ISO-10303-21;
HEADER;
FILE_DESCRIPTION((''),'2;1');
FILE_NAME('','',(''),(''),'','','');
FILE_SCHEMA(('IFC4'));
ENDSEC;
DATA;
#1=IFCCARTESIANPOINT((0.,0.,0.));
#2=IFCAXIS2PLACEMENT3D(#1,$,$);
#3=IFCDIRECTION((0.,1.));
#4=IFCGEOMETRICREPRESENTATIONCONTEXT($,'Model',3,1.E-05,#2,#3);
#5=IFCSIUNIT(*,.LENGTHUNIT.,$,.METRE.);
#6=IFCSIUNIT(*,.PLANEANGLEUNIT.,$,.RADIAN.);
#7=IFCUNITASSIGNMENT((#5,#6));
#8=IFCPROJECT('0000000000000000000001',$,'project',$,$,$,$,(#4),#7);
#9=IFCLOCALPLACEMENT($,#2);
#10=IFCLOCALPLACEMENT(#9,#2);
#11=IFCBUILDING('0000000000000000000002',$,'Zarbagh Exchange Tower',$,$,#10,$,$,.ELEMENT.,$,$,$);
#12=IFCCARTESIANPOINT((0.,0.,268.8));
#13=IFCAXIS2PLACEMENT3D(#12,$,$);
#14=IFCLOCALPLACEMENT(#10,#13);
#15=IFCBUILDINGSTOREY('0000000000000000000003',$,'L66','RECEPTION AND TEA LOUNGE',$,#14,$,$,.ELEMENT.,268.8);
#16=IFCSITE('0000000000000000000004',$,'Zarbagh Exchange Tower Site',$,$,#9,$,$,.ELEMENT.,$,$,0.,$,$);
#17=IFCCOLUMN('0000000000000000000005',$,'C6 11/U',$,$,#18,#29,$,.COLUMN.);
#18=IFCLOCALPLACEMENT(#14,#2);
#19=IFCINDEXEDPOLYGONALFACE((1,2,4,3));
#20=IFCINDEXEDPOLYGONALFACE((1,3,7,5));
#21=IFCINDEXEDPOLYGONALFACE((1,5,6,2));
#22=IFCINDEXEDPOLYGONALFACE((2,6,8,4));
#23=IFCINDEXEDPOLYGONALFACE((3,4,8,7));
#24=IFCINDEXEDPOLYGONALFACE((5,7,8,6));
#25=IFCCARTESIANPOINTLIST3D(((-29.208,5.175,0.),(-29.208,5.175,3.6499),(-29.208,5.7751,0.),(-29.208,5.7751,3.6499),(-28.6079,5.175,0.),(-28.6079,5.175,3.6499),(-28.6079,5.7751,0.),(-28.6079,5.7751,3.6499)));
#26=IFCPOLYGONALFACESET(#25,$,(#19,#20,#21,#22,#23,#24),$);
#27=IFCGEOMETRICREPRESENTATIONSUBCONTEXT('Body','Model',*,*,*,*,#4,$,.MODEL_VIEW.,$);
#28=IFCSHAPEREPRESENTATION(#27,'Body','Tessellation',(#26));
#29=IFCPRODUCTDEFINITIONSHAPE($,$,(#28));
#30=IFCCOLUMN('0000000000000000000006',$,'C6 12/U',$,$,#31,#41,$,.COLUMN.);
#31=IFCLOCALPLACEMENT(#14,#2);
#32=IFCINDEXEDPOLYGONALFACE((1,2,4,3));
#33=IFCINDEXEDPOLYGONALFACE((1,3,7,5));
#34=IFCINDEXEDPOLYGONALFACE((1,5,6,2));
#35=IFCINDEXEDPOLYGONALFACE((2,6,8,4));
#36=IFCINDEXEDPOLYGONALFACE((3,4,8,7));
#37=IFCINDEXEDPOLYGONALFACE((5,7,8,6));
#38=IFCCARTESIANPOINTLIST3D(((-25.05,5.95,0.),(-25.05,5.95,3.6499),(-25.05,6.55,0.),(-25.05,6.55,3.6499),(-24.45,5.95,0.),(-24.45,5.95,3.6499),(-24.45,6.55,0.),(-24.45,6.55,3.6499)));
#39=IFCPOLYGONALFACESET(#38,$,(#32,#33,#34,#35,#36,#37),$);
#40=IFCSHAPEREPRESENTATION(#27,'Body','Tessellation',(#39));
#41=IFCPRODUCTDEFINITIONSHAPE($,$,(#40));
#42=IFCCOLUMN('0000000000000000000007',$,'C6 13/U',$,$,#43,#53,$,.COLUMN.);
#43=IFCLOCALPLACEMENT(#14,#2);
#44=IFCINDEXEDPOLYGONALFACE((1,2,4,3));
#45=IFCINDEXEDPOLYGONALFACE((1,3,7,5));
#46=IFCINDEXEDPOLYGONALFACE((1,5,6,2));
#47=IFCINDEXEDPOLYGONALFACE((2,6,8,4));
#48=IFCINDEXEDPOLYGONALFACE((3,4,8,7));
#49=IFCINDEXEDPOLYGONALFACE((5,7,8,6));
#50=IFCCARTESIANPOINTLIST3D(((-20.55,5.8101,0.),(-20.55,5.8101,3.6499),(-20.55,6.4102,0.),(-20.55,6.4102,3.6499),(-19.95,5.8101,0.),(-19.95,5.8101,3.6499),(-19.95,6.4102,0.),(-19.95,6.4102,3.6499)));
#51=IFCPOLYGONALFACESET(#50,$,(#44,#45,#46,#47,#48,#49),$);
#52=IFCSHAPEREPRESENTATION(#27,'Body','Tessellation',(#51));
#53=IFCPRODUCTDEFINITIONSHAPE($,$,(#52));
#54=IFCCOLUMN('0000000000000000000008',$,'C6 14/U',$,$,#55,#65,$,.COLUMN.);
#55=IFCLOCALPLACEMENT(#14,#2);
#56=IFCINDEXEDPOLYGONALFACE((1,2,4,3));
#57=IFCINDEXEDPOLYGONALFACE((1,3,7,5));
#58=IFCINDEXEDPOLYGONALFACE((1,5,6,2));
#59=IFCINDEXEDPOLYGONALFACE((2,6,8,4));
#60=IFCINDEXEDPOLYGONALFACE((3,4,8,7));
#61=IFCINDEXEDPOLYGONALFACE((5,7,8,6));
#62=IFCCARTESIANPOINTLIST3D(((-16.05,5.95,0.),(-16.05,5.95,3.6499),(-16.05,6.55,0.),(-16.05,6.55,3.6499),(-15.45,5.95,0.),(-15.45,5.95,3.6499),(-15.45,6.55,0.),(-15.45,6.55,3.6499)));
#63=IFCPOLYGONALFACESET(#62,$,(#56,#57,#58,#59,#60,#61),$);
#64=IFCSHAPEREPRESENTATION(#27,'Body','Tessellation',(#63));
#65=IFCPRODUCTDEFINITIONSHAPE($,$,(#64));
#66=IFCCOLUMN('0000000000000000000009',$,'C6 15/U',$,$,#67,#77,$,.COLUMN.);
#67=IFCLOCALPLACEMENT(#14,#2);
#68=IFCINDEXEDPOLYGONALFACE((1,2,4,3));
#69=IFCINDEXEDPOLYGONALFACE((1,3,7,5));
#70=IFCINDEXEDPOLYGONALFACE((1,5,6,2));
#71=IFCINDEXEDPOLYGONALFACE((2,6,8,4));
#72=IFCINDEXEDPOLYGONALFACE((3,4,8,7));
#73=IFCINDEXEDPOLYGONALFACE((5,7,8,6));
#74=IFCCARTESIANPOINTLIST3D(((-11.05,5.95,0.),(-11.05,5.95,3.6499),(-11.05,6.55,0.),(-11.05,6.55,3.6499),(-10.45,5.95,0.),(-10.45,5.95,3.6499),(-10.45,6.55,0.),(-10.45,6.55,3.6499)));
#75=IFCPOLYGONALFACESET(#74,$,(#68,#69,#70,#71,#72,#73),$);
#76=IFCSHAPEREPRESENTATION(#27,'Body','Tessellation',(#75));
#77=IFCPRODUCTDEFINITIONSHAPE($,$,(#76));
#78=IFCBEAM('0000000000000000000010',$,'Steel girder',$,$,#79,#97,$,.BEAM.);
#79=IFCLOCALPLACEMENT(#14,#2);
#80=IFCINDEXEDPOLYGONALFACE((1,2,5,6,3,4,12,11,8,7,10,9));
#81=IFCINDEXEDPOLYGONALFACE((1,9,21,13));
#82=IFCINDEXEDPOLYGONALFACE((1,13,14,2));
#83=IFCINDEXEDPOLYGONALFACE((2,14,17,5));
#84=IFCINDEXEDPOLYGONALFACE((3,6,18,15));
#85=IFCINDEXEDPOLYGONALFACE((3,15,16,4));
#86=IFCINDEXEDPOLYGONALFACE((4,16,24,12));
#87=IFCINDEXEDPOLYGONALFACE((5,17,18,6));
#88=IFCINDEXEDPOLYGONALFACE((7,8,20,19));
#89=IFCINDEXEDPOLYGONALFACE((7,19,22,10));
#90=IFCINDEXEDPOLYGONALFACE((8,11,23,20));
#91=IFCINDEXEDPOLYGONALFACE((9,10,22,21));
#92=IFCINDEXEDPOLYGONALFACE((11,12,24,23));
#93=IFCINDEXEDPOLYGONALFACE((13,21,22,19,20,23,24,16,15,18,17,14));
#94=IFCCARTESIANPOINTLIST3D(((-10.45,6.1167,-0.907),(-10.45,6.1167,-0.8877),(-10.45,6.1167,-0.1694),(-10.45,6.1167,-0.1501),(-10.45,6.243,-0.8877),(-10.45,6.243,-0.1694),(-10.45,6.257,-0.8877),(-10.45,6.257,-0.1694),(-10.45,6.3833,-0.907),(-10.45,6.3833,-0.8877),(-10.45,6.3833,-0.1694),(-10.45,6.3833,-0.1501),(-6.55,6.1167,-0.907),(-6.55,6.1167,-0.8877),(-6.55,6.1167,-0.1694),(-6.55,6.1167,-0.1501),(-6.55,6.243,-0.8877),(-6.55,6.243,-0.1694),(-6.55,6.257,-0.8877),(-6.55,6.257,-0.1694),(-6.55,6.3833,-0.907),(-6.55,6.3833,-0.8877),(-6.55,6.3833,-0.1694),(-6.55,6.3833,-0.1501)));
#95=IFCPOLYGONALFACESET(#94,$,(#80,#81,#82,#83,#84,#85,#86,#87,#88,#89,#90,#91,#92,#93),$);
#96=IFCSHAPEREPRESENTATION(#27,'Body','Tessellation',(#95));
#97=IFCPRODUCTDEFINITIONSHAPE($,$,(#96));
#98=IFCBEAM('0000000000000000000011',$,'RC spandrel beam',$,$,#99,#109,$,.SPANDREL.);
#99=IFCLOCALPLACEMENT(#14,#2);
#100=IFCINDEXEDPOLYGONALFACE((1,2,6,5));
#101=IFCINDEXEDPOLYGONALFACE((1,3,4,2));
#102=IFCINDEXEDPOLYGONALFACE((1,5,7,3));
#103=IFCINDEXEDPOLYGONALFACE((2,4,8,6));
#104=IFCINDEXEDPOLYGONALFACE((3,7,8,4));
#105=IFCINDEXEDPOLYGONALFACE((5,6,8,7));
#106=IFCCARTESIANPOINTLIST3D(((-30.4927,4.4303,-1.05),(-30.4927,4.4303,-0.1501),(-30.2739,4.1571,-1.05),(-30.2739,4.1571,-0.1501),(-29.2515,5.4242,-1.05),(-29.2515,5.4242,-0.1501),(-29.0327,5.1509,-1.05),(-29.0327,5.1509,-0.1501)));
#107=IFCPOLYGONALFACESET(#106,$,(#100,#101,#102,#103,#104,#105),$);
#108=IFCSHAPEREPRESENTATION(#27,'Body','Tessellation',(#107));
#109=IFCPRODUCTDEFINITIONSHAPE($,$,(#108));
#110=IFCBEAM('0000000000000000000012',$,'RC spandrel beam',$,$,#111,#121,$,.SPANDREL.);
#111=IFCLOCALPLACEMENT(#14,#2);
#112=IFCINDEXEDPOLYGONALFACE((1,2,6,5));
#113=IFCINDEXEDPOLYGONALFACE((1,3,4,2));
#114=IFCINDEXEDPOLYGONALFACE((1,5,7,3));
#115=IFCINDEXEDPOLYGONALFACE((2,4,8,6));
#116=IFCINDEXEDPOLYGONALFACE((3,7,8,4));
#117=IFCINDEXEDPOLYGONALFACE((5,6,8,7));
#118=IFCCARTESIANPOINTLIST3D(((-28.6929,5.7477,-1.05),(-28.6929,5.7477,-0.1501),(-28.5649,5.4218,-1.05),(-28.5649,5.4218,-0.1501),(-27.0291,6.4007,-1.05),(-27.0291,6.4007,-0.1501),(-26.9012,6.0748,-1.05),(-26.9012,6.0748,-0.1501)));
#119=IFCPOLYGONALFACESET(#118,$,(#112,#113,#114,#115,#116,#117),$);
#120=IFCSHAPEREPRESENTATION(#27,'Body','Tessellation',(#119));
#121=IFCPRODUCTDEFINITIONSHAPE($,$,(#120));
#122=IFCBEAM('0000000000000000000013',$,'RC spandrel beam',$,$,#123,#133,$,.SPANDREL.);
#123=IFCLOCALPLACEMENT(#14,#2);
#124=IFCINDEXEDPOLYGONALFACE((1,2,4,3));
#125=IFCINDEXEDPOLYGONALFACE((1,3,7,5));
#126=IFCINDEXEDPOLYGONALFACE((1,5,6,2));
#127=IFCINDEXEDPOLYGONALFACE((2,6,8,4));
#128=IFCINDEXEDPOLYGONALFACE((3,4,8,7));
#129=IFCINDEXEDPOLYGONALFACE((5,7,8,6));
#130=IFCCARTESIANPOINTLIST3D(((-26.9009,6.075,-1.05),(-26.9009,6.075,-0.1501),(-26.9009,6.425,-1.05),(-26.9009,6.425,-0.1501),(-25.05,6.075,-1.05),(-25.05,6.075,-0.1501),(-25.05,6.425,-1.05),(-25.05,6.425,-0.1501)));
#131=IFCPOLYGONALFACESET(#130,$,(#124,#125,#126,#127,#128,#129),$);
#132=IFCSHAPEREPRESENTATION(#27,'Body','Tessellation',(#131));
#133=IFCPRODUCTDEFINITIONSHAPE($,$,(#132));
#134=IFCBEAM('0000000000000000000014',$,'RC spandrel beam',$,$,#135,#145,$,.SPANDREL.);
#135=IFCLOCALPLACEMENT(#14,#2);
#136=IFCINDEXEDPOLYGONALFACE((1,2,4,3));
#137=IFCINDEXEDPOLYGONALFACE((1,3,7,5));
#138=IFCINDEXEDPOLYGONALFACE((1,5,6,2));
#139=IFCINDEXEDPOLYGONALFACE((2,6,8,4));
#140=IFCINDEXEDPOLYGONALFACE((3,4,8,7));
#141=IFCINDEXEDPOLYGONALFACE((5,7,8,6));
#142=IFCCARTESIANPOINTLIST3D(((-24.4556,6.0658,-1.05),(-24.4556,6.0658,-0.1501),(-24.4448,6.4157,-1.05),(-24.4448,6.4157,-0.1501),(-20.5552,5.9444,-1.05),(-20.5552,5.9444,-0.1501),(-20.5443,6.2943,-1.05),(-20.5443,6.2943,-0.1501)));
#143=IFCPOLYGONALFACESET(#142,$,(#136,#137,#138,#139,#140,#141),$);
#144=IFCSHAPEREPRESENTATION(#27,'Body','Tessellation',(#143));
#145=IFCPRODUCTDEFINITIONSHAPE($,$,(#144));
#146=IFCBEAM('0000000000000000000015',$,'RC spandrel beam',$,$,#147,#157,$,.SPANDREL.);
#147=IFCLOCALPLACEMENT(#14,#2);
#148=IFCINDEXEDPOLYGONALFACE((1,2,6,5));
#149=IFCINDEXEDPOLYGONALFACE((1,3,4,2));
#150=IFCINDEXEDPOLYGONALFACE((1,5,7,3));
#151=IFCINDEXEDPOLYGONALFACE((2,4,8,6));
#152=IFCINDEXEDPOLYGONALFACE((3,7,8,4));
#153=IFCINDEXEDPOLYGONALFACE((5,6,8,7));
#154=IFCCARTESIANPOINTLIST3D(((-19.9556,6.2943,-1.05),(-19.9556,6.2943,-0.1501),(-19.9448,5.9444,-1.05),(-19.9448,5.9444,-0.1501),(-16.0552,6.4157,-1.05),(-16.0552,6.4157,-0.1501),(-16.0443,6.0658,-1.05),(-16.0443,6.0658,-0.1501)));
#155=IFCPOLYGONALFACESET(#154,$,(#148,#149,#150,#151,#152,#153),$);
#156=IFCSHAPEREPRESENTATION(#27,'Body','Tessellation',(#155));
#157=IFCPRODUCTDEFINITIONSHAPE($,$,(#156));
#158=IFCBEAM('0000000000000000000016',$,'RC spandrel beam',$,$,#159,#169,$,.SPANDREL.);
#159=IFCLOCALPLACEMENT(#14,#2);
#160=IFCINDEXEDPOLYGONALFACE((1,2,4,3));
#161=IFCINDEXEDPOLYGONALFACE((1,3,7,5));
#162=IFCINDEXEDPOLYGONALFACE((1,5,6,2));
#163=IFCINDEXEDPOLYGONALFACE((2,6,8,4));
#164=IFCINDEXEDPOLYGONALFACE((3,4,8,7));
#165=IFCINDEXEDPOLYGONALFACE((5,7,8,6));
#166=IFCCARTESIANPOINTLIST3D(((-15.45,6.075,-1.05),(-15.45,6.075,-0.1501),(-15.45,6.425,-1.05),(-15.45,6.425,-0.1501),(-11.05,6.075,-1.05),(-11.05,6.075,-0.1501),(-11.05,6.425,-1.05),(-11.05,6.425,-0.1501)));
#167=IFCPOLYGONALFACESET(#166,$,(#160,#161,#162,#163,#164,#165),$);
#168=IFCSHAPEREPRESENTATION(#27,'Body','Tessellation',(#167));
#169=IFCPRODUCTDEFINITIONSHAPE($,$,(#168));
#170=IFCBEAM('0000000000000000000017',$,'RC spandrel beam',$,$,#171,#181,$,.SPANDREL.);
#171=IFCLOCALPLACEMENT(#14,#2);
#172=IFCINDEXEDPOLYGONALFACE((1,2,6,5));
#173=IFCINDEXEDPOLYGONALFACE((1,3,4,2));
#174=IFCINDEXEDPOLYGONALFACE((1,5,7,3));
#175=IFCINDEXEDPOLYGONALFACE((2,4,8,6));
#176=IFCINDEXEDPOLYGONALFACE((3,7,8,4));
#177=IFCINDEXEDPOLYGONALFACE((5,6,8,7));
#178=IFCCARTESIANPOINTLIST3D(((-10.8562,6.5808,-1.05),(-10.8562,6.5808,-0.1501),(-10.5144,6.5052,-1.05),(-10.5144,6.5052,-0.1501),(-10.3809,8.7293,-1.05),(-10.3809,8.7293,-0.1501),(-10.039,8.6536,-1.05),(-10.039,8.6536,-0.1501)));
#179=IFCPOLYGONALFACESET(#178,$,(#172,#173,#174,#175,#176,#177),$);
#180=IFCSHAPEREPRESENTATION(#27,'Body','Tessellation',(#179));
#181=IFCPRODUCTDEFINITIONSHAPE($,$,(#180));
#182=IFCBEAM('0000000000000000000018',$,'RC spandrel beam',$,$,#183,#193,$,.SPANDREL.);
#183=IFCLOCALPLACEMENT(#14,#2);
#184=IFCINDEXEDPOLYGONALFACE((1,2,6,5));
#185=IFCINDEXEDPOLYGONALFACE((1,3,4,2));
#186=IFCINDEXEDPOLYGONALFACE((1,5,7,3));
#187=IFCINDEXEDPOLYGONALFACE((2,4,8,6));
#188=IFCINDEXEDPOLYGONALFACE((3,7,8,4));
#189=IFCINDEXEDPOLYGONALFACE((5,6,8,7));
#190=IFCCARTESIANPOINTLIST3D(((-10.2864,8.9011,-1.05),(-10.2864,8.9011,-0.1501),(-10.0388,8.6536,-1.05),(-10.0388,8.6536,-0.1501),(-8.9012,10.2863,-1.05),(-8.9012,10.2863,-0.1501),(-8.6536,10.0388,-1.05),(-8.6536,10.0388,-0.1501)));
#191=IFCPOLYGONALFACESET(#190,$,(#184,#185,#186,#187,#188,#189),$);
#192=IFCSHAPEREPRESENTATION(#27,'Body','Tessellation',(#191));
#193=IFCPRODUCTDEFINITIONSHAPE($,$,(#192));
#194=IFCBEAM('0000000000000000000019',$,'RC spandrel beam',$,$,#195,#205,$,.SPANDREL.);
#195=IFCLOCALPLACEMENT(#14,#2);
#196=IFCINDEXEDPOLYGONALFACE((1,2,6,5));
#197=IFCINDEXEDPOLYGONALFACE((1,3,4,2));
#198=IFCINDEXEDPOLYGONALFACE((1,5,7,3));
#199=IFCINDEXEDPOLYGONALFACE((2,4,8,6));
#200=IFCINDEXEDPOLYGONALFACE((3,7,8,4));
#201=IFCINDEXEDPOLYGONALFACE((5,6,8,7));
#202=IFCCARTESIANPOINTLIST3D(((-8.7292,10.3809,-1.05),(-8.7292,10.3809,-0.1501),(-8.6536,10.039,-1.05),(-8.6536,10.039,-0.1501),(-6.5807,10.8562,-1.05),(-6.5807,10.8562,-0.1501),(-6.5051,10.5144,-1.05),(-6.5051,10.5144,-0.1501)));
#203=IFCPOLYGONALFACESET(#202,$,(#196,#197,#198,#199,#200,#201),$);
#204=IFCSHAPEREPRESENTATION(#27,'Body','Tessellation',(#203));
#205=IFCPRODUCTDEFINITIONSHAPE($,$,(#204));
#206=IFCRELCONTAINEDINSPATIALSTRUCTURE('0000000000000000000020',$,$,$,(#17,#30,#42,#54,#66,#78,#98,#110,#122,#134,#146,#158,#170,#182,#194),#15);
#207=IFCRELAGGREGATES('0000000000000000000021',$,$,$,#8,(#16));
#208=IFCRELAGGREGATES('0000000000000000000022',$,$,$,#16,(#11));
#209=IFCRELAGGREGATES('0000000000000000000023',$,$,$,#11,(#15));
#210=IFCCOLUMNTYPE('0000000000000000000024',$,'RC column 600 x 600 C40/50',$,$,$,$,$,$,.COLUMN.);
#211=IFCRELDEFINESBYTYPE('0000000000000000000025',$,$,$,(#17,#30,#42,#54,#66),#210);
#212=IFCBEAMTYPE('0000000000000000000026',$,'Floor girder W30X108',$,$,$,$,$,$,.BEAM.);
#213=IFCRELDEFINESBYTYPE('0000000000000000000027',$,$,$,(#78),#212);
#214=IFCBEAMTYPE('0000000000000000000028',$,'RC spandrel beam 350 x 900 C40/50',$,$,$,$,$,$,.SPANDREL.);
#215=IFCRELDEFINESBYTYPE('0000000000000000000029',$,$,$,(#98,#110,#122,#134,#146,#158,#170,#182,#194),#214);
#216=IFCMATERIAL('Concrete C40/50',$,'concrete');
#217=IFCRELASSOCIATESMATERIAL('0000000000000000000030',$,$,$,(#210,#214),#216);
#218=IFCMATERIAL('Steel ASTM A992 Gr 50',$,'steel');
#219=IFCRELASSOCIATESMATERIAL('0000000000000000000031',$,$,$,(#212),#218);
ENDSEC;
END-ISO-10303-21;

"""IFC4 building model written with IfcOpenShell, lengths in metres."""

from ifc_helpers import new_model, si_unit, direction, frame, origin, origin_2d, place, context, subcontext, project, spatial, rectangle, i_section, extrude, material, material_profile, profile_set, type_object, element, save


model = new_model("IFC4")

# Units and contexts
model_context = context("Model", 3, precision=1e-05, world=origin(), true_north=direction((0.0, 1.0)))
body_context = subcontext(model_context, "Body", "Model", "MODEL_VIEW")
ifc_project = project(units=[si_unit("LENGTHUNIT", "METRE"), si_unit("PLANEANGLEUNIT", "RADIAN")], contexts=[model_context])

# Site, building, storey
site_placement = place(None, origin())
site = spatial("IfcSite", under=ifc_project, at=site_placement, Name="Zarbagh Exchange Tower Site", CompositionType="ELEMENT", RefElevation=0.0)
building_placement = place(site_placement, origin())
building = spatial("IfcBuilding", under=site, at=building_placement, Name="Zarbagh Exchange Tower", CompositionType="ELEMENT")
storey_placement = place(building_placement, frame((0.0, 0.0, 268.8)))
storey = spatial("IfcBuildingStorey", under=building, at=storey_placement, Name="L66", Description="RECEPTION AND TEA LOUNGE", CompositionType="ELEMENT", Elevation=268.8)

# Columns
ifc_material_1 = material(Name="Concrete C40/50", Category="concrete")
ifc_material_profile_1 = material_profile(ifc_material_1, rectangle(XDim=0.6001, YDim=0.6001, at=origin_2d()), Name="RC column 600 x 600 C40/50")
ifc_profile_set_1 = profile_set([ifc_material_profile_1], Name="Concrete C40/50")
column_type = type_object("IfcColumnType", Name="RC column 600 x 600 C40/50", PredefinedType="COLUMN", material=ifc_profile_set_1)
for number, where, z_axis, x_axis, name in (
    (1, (-28.908, 5.4751, 0.0), (0.0, 0.0, 1.0), (1.0, 0.0, 0.0), "C6 11/U"),
    (2, (-24.75, 6.25, 0.0), (0.0, 0.0, 1.0), (1.0, 0.0, 0.0), "C6 12/U"),
    (3, (-20.25, 6.1101, 0.0), (0.0, 0.0, 1.0), (1.0, 0.0, 0.0), "C6 13/U"),
    (4, (-15.75, 6.25, 0.0), (0.0, 0.0, 1.0), (1.0, 0.0, 0.0), "C6 14/U"),
    (5, (-10.75, 6.25, 0.0), (0.0, 0.0, 1.0), (1.0, 0.0, 0.0), "C6 15/U"),
):
    element("IfcColumn", number, at=place(storey_placement, frame(where, z_axis=z_axis, x_axis=x_axis)), inside=storey, type_object=column_type, Name=name, PredefinedType="COLUMN", context=body_context, shape_type="SweptSolid", body=[
        extrude(rectangle(XDim=0.6001, YDim=0.6001, at=origin_2d()), origin(), (0.0, 0.0, 1.0), 3.6499),
    ])

# Beams
ifc_material_2 = material(Name="Steel ASTM A992 Gr 50", Category="steel")
ifc_material_profile_2 = material_profile(ifc_material_2, i_section(OverallWidth=0.2666, OverallDepth=0.7568, WebThickness=0.0139, FlangeThickness=0.0193, at=origin_2d()), Name="W30X108")
ifc_profile_set_2 = profile_set([ifc_material_profile_2], Name="Steel ASTM A992 Gr 50")
beam_type_1 = type_object("IfcBeamType", Name="Floor girder W30X108", PredefinedType="BEAM", material=ifc_profile_set_2)
beam_1_placement = place(storey_placement, frame((-10.45, 6.25, -0.5286), z_axis=(1.0, 0.0, 0.0), x_axis=(0.0, 1.0, 0.0)))
element("IfcBeam", 6, at=beam_1_placement, inside=storey, type_object=beam_type_1, Name="Steel girder", PredefinedType="BEAM", context=body_context, shape_type="SweptSolid", body=[
    extrude(i_section(OverallWidth=0.2666, OverallDepth=0.7568, WebThickness=0.0139, FlangeThickness=0.0193, at=origin_2d()), origin(), (0.0, 0.0, 1.0), 3.8999),
])
ifc_material_profile_3 = material_profile(ifc_material_1, rectangle(XDim=0.3501, YDim=0.8999, at=origin_2d()), Name="RC spandrel beam 350 x 900 C40/50")
ifc_profile_set_3 = profile_set([ifc_material_profile_3], Name="Concrete C40/50")
beam_type_2 = type_object("IfcBeamType", Name="RC spandrel beam 350 x 900 C40/50", PredefinedType="SPANDREL", material=ifc_profile_set_3)
beam_2_placement = place(storey_placement, frame((-30.3833, 4.2937, -0.6001), z_axis=(0.780584, 0.625051, 0.0), x_axis=(-0.625051, 0.780584, 0.0)))
element("IfcBeam", 7, at=beam_2_placement, inside=storey, type_object=beam_type_2, Name="RC spandrel beam", PredefinedType="SPANDREL", context=body_context, shape_type="SweptSolid", body=[
    extrude(rectangle(XDim=0.3501, YDim=0.8999, at=origin_2d()), origin(), (0.0, 0.0, 1.0), 1.5901),
])
beam_3_placement = place(storey_placement, frame((-28.6289, 5.5847, -0.6001), z_axis=(0.930859, 0.365378, 0.0), x_axis=(-0.365378, 0.930859, 0.0)))
element("IfcBeam", 8, at=beam_3_placement, inside=storey, type_object=beam_type_2, Name="RC spandrel beam", PredefinedType="SPANDREL", context=body_context, shape_type="SweptSolid", body=[
    extrude(rectangle(XDim=0.3501, YDim=0.8999, at=origin_2d()), origin(), (0.0, 0.0, 1.0), 1.7874),
])
beam_4_placement = place(storey_placement, frame((-26.9009, 6.25, -0.6001), z_axis=(1.0, 0.0, 0.0), x_axis=(0.0, 1.0, 0.0)))
element("IfcBeam", 9, at=beam_4_placement, inside=storey, type_object=beam_type_2, Name="RC spandrel beam", PredefinedType="SPANDREL", context=body_context, shape_type="SweptSolid", body=[
    extrude(rectangle(XDim=0.3501, YDim=0.8999, at=origin_2d()), origin(), (0.0, 0.0, 1.0), 1.8508),
])
for number, where, z_axis, x_axis, name in (
    (10, (-24.4502, 6.2407, -0.6001), (0.999516, -0.031094, 0.0), (0.031094, 0.999516, 0.0), "RC spandrel beam"),
    (11, (-19.9502, 6.1194, -0.6001), (0.999516, 0.031094, 0.0), (-0.031094, 0.999516, 0.0), "RC spandrel beam"),
):
    element("IfcBeam", number, at=place(storey_placement, frame(where, z_axis=z_axis, x_axis=x_axis)), inside=storey, type_object=beam_type_2, Name=name, PredefinedType="SPANDREL", context=body_context, shape_type="SweptSolid", body=[
        extrude(rectangle(XDim=0.3501, YDim=0.8999, at=origin_2d()), origin(), (0.0, 0.0, 1.0), 3.9023),
    ])
beam_5_placement = place(storey_placement, frame((-15.45, 6.25, -0.6001), z_axis=(1.0, 0.0, 0.0), x_axis=(0.0, 1.0, 0.0)))
element("IfcBeam", 12, at=beam_5_placement, inside=storey, type_object=beam_type_2, Name="RC spandrel beam", PredefinedType="SPANDREL", context=body_context, shape_type="SweptSolid", body=[
    extrude(rectangle(XDim=0.3501, YDim=0.8999, at=origin_2d()), origin(), (0.0, 0.0, 1.0), 4.3999),
])
beam_6_placement = place(storey_placement, frame((-10.6853, 6.543, -0.6001), z_axis=(0.216026, 0.976388, 0.0), x_axis=(-0.976388, 0.216026, 0.0)))
element("IfcBeam", 13, at=beam_6_placement, inside=storey, type_object=beam_type_2, Name="RC spandrel beam", PredefinedType="SPANDREL", context=body_context, shape_type="SweptSolid", body=[
    extrude(rectangle(XDim=0.3501, YDim=0.8999, at=origin_2d()), origin(), (0.0, 0.0, 1.0), 2.2004),
])
beam_7_placement = place(storey_placement, frame((-10.1626, 8.7773, -0.6001), z_axis=(0.707107, 0.707107, 0.0), x_axis=(-0.707107, 0.707107, 0.0)))
element("IfcBeam", 14, at=beam_7_placement, inside=storey, type_object=beam_type_2, Name="RC spandrel beam", PredefinedType="SPANDREL", context=body_context, shape_type="SweptSolid", body=[
    extrude(rectangle(XDim=0.3501, YDim=0.8999, at=origin_2d()), origin(), (0.0, 0.0, 1.0), 1.959),
])
beam_8_placement = place(storey_placement, frame((-8.6914, 10.21, -0.6001), z_axis=(0.976388, 0.216026, 0.0), x_axis=(-0.216026, 0.976388, 0.0)))
element("IfcBeam", 15, at=beam_8_placement, inside=storey, type_object=beam_type_2, Name="RC spandrel beam", PredefinedType="SPANDREL", context=body_context, shape_type="SweptSolid", body=[
    extrude(rectangle(XDim=0.3501, YDim=0.8999, at=origin_2d()), origin(), (0.0, 0.0, 1.0), 2.2004),
])

save(model, "model.ifc")
